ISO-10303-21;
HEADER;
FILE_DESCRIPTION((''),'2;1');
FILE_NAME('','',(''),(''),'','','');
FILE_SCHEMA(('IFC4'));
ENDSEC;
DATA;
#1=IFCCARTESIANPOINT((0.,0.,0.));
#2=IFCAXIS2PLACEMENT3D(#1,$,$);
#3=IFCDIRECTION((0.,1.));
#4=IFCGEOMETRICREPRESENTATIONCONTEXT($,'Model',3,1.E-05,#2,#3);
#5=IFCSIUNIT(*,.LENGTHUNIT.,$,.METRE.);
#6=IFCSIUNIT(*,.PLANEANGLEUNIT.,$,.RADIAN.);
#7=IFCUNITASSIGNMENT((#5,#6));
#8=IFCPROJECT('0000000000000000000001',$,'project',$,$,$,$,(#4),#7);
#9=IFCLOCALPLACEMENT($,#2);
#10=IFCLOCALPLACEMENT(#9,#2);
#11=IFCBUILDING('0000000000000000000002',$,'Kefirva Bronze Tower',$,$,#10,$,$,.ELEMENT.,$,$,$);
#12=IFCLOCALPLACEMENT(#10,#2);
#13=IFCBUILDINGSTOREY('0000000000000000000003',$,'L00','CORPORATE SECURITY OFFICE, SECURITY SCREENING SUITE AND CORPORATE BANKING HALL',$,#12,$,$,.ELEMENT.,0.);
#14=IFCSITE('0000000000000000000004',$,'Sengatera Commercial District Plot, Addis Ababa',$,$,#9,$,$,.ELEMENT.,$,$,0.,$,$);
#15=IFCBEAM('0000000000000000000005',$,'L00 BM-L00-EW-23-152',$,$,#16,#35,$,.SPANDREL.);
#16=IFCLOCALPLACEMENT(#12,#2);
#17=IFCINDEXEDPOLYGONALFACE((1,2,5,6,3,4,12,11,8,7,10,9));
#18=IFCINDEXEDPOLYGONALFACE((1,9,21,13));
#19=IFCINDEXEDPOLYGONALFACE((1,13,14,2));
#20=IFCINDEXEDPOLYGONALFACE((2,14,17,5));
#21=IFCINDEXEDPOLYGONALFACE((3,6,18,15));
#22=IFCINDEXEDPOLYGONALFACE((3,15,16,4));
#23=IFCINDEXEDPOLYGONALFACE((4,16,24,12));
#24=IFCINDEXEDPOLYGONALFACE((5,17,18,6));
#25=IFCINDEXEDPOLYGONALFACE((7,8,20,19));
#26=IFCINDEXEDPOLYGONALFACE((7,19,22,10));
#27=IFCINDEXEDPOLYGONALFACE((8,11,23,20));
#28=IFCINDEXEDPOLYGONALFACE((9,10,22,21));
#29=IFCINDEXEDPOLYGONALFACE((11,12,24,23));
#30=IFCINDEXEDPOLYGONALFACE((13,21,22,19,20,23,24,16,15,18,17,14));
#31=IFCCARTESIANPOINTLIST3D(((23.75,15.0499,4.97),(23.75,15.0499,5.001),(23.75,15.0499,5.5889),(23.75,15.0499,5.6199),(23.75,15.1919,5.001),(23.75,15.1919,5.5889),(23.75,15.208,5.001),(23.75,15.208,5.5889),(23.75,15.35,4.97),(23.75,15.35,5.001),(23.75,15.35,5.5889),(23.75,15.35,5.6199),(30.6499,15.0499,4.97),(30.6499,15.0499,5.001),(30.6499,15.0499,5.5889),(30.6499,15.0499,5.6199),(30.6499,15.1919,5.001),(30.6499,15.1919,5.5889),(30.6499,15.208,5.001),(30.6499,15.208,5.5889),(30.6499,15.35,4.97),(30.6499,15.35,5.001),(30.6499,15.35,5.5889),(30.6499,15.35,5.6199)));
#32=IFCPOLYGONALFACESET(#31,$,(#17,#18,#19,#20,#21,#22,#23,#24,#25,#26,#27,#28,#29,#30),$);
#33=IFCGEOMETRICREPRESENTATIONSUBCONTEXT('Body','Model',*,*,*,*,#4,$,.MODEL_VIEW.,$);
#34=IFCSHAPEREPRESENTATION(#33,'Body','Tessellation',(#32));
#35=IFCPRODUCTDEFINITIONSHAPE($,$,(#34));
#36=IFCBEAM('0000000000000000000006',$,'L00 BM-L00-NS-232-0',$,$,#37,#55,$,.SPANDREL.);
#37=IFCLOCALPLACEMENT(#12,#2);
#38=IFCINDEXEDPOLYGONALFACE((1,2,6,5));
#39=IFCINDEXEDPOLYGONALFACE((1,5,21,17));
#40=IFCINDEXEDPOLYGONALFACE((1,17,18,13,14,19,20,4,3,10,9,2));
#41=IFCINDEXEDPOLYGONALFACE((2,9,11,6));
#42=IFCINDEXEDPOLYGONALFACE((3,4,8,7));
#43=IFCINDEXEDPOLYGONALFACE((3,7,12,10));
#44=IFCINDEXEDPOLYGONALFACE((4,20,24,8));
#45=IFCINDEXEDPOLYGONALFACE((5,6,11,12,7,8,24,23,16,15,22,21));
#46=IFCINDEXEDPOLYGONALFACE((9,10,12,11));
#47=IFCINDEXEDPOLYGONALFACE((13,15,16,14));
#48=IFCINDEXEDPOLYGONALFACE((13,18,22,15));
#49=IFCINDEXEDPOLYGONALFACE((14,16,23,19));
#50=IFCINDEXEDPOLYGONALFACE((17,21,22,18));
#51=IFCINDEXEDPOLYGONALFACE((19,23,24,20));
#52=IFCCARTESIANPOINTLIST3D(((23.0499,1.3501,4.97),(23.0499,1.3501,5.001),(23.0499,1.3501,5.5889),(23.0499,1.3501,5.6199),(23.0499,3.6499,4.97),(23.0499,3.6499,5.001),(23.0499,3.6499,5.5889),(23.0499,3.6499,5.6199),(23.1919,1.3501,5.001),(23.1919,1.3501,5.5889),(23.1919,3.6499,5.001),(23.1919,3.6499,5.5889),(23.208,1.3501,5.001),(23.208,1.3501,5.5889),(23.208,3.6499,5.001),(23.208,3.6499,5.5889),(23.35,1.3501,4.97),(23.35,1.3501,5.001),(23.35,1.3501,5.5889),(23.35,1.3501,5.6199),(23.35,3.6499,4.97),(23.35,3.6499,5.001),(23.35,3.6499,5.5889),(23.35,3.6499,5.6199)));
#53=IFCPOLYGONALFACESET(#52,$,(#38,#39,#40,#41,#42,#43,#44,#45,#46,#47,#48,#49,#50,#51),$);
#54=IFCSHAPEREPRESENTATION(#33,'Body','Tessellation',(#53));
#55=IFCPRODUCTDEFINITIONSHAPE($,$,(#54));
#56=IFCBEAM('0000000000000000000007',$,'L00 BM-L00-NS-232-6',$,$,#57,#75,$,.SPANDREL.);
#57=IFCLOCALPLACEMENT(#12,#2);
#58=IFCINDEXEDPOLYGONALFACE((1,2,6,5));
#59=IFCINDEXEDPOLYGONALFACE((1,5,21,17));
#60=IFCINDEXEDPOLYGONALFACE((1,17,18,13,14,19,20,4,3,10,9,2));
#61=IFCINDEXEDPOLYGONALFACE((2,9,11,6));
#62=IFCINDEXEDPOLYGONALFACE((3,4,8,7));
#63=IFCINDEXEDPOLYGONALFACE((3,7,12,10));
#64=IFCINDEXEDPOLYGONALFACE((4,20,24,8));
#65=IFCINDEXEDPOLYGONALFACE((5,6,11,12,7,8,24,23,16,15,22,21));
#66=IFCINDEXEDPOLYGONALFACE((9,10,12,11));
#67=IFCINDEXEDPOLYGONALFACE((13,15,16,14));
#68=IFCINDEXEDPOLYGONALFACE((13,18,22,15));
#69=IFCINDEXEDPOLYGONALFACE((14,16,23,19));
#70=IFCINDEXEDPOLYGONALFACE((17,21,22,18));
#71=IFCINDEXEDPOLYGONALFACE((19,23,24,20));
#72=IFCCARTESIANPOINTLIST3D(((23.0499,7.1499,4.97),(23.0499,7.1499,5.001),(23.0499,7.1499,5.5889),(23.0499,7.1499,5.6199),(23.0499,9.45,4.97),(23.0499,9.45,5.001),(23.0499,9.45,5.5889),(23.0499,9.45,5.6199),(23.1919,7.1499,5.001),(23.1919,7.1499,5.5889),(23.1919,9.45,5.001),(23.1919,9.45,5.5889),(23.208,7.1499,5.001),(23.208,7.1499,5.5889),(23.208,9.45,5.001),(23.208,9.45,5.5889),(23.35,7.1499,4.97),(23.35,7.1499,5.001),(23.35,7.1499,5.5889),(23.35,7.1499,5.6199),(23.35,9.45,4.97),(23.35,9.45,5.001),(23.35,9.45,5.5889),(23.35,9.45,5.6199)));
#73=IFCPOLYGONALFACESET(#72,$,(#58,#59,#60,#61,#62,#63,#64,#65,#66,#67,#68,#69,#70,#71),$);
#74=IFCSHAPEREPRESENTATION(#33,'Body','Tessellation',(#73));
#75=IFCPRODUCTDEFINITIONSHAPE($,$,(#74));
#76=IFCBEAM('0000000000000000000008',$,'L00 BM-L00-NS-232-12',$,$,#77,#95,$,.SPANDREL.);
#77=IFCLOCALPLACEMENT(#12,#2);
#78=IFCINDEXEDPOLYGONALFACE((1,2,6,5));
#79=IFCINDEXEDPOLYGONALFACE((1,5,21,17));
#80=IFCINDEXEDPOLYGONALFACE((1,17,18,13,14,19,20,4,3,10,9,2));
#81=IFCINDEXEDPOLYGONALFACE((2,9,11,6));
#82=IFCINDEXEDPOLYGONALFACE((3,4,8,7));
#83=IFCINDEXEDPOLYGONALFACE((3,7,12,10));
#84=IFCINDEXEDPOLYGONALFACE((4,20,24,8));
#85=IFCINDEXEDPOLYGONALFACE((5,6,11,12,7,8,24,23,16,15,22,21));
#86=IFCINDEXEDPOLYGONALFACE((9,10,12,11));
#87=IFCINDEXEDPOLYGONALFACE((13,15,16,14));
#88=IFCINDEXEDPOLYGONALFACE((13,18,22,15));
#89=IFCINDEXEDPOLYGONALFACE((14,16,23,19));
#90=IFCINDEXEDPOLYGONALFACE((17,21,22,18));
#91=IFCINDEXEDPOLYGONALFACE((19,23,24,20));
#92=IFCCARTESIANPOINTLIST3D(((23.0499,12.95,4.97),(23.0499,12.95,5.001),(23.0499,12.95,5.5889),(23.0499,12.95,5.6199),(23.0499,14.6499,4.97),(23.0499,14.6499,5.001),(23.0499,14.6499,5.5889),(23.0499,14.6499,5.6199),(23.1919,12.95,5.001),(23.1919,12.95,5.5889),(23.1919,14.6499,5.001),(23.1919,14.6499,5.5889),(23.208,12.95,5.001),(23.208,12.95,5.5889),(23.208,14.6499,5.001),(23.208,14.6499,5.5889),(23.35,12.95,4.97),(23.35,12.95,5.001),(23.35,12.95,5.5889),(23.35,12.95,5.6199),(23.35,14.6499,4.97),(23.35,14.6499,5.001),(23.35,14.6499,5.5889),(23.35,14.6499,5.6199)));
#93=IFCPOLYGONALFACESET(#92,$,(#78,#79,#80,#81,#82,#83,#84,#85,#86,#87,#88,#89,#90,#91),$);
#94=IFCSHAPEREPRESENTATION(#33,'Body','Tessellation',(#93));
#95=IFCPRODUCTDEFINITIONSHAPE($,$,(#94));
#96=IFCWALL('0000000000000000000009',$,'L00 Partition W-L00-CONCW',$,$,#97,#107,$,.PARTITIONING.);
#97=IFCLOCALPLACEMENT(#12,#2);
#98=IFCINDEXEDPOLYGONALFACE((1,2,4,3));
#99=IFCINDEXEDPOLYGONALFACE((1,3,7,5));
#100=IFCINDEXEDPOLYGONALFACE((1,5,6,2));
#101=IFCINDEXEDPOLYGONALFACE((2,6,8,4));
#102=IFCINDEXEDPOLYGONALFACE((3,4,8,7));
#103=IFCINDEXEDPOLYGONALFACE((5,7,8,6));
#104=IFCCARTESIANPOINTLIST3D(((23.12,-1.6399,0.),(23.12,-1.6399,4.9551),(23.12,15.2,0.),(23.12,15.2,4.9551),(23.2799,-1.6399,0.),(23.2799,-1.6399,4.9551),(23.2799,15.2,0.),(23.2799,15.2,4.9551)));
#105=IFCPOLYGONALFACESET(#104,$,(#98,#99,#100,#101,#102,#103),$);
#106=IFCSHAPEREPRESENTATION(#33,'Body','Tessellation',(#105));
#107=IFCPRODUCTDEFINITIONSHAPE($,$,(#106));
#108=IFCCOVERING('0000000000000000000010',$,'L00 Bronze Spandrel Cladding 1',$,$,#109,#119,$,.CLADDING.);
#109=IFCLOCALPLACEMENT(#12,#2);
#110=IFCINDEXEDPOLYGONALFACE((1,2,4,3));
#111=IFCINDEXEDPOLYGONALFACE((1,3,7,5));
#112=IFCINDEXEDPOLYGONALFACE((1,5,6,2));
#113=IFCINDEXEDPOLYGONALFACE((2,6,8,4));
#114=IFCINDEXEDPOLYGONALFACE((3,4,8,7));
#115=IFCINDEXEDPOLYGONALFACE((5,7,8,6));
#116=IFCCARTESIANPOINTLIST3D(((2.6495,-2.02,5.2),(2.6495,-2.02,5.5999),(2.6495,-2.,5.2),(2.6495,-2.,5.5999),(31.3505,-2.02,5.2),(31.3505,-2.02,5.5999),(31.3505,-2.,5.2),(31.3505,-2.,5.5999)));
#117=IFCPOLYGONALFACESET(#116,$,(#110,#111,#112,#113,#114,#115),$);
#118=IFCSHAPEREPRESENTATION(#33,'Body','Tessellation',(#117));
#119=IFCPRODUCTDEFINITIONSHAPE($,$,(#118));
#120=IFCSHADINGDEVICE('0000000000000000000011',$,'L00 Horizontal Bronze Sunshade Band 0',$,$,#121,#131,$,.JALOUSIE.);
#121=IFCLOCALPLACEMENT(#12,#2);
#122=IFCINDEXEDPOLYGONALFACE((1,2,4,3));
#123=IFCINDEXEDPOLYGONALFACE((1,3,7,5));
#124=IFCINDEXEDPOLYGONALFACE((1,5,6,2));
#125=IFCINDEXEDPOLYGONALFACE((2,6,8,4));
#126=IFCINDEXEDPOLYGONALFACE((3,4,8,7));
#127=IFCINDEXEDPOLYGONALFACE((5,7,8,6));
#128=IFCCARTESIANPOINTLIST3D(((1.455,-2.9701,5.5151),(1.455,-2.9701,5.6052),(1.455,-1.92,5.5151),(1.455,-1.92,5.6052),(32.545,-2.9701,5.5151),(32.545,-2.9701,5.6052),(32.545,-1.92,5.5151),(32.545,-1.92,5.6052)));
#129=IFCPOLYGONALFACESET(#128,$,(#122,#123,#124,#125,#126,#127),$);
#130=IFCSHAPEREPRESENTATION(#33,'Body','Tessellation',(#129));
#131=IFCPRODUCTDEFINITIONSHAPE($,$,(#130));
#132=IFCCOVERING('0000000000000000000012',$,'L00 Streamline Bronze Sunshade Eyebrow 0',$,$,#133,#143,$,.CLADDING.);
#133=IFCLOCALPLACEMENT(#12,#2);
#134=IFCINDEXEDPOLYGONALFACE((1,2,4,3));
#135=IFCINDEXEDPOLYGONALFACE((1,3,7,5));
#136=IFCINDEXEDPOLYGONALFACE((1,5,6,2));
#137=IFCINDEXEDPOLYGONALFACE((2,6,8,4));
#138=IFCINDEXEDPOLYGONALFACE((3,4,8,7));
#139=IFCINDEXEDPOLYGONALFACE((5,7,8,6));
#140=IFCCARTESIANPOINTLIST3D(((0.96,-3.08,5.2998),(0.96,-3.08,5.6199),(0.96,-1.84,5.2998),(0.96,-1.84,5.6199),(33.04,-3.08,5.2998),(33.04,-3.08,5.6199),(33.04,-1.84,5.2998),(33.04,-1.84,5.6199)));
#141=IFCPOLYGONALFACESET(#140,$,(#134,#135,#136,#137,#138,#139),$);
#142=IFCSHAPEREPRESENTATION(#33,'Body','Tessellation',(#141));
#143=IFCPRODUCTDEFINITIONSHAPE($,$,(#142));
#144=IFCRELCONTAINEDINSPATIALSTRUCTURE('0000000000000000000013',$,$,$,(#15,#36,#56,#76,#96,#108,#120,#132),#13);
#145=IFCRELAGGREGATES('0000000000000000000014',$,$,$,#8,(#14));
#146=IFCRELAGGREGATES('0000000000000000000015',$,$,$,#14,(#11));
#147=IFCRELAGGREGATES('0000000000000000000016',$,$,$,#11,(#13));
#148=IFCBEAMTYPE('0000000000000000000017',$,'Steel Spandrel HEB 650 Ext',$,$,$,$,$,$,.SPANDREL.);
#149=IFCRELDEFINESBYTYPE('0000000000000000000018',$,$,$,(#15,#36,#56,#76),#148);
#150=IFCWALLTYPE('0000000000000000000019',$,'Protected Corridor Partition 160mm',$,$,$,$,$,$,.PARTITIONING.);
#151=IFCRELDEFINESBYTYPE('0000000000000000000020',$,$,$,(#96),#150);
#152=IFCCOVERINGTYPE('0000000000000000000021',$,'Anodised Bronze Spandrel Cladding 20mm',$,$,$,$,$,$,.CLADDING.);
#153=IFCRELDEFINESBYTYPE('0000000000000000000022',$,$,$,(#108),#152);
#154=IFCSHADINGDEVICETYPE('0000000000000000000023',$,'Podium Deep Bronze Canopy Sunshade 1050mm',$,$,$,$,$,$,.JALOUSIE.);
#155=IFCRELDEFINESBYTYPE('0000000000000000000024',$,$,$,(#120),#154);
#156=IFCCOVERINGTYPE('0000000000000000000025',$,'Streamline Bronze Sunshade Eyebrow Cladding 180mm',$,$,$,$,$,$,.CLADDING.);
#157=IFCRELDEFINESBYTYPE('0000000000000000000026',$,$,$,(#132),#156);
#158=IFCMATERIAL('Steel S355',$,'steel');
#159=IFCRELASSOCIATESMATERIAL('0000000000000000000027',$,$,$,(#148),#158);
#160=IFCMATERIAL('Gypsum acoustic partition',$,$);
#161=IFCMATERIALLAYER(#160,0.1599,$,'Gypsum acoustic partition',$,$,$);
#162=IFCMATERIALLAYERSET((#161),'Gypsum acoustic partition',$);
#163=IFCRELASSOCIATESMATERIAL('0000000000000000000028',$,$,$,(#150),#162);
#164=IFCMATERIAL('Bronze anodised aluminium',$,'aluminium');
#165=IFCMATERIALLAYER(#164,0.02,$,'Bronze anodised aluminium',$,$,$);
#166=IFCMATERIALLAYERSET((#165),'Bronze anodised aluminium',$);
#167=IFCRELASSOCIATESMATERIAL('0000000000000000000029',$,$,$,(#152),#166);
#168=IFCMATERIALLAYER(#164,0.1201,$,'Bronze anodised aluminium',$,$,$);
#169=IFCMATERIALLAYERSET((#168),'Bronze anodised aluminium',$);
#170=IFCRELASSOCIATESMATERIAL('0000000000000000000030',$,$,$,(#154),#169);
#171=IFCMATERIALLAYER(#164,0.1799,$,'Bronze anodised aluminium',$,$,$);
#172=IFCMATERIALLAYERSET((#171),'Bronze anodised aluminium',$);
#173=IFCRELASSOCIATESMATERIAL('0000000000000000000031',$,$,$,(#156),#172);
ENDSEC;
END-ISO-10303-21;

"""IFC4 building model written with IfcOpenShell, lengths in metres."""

from ifc_helpers import new_model, si_unit, direction, frame, frame_2d, origin, origin_2d, place, context, subcontext, project, spatial, rectangle, i_section, extrude, material, layer, layer_set, material_profile, profile_set, type_object, element, save


model = new_model("IFC4")

# Units and contexts
model_context = context("Model", 3, precision=1e-05, world=origin(), true_north=direction((0.0, 1.0)))
body_context = subcontext(model_context, "Body", "Model", "MODEL_VIEW")
ifc_project = project(units=[si_unit("LENGTHUNIT", "METRE"), si_unit("PLANEANGLEUNIT", "RADIAN")], contexts=[model_context])

# Site, building, storey
site_placement = place(None, origin())
site = spatial("IfcSite", under=ifc_project, at=site_placement, Name="Sengatera Commercial District Plot, Addis Ababa", CompositionType="ELEMENT", RefElevation=0.0)
building_placement = place(site_placement, origin())
building = spatial("IfcBuilding", under=site, at=building_placement, Name="Kefirva Bronze Tower", CompositionType="ELEMENT")
storey_placement = place(building_placement, origin())
storey = spatial("IfcBuildingStorey", under=building, at=storey_placement, Name="L00", Description="CORPORATE SECURITY OFFICE, SECURITY SCREENING SUITE AND CORPORATE BANKING HALL", CompositionType="ELEMENT", Elevation=0.0)

# Beams
ifc_material_1 = material(Name="Steel S355", Category="steel")
ifc_material_profile_1 = material_profile(ifc_material_1, i_section(OverallWidth=0.3, OverallDepth=0.6499, WebThickness=0.0161, FlangeThickness=0.031, at=origin_2d()), Name="HEB 650")
ifc_profile_set_1 = profile_set([ifc_material_profile_1], Name="Steel S355")
beam_type_1 = type_object("IfcBeamType", Name="Steel Spandrel HEB 650 Ext", PredefinedType="SPANDREL", material=ifc_profile_set_1)
beam_1_placement = place(storey_placement, frame((23.75, 15.2, 5.2949), z_axis=(1.0, 0.0, 0.0), x_axis=(0.0, 1.0, 0.0)))
element("IfcBeam", 1, at=beam_1_placement, inside=storey, type_object=beam_type_1, Name="L00 BM-L00-EW-23-152", PredefinedType="SPANDREL", context=body_context, shape_type="SweptSolid", body=[
    extrude(i_section(OverallWidth=0.3, OverallDepth=0.6499, WebThickness=0.0161, FlangeThickness=0.031, at=origin_2d()), origin(), (0.0, 0.0, 1.0), 6.8999),
])
beam_2_placement = place(storey_placement, frame((23.2, 1.3501, 5.2949), z_axis=(0.0, 1.0, 0.0), x_axis=(-1.0, 0.0, 0.0)))
element("IfcBeam", 2, at=beam_2_placement, inside=storey, type_object=beam_type_1, Name="L00 BM-L00-NS-232-0", PredefinedType="SPANDREL", context=body_context, shape_type="SweptSolid", body=[
    extrude(i_section(OverallWidth=0.3, OverallDepth=0.6499, WebThickness=0.0161, FlangeThickness=0.031, at=origin_2d()), origin(), (0.0, 0.0, 1.0), 2.2998),
])
beam_3_placement = place(storey_placement, frame((23.2, 7.1499, 5.2949), z_axis=(0.0, 1.0, 0.0), x_axis=(-1.0, 0.0, 0.0)))
element("IfcBeam", 3, at=beam_3_placement, inside=storey, type_object=beam_type_1, Name="L00 BM-L00-NS-232-6", PredefinedType="SPANDREL", context=body_context, shape_type="SweptSolid", body=[
    extrude(i_section(OverallWidth=0.3, OverallDepth=0.6499, WebThickness=0.0161, FlangeThickness=0.031, at=origin_2d()), origin(), (0.0, 0.0, 1.0), 2.3),
])
beam_4_placement = place(storey_placement, frame((23.2, 12.95, 5.2949), z_axis=(0.0, 1.0, 0.0), x_axis=(-1.0, 0.0, 0.0)))
element("IfcBeam", 4, at=beam_4_placement, inside=storey, type_object=beam_type_1, Name="L00 BM-L00-NS-232-12", PredefinedType="SPANDREL", context=body_context, shape_type="SweptSolid", body=[
    extrude(i_section(OverallWidth=0.3, OverallDepth=0.6499, WebThickness=0.0161, FlangeThickness=0.031, at=origin_2d()), origin(), (0.0, 0.0, 1.0), 1.7),
])

# Wall
ifc_material_2 = material(Name="Gypsum acoustic partition")
ifc_layer_1 = layer(ifc_material_2, 0.1599, Name="Gypsum acoustic partition")
ifc_layer_set_1 = layer_set([ifc_layer_1], Name="Gypsum acoustic partition")
wall_type = type_object("IfcWallType", Name="Protected Corridor Partition 160mm", PredefinedType="PARTITIONING", material=ifc_layer_set_1)
wall_placement = place(storey_placement, frame((23.2, -1.6399, 0.0), z_axis=(0.0, 0.0, 1.0), x_axis=(0.0, 1.0, 0.0)))
element("IfcWall", 5, at=wall_placement, inside=storey, type_object=wall_type, Name="L00 Partition W-L00-CONCW", PredefinedType="PARTITIONING", context=body_context, shape_type="SweptSolid", body=[
    extrude(rectangle(XDim=16.8398, YDim=0.1599, at=frame_2d((8.4199, 0.0))), origin(), (0.0, 0.0, 1.0), 4.9551),
])

# Covering
ifc_material_3 = material(Name="Bronze anodised aluminium", Category="aluminium")
ifc_layer_2 = layer(ifc_material_3, 0.02, Name="Bronze anodised aluminium")
ifc_layer_set_2 = layer_set([ifc_layer_2], Name="Bronze anodised aluminium")
covering_type_1 = type_object("IfcCoveringType", Name="Anodised Bronze Spandrel Cladding 20mm", PredefinedType="CLADDING", material=ifc_layer_set_2)
covering_1_placement = place(storey_placement, frame((17.0, -2.01, 5.2), z_axis=(0.0, 0.0, 1.0), x_axis=(1.0, 0.0, 0.0)))
element("IfcCovering", 6, at=covering_1_placement, inside=storey, type_object=covering_type_1, Name="L00 Bronze Spandrel Cladding 1", PredefinedType="CLADDING", context=body_context, shape_type="SweptSolid", body=[
    extrude(rectangle(XDim=28.7009, YDim=0.02, at=origin_2d()), origin(), (0.0, 0.0, 1.0), 0.3999),
])

# Shading device
ifc_layer_3 = layer(ifc_material_3, 0.1201, Name="Bronze anodised aluminium")
ifc_layer_set_3 = layer_set([ifc_layer_3], Name="Bronze anodised aluminium")
shading_device_type = type_object("IfcShadingDeviceType", Name="Podium Deep Bronze Canopy Sunshade 1050mm", PredefinedType="JALOUSIE", material=ifc_layer_set_3)
shading_device_placement = place(storey_placement, frame((17.0, -2.4451, 5.5151), z_axis=(0.0, 0.0, 1.0), x_axis=(1.0, 0.0, 0.0)))
element("IfcShadingDevice", 7, at=shading_device_placement, inside=storey, type_object=shading_device_type, Name="L00 Horizontal Bronze Sunshade Band 0", PredefinedType="JALOUSIE", context=body_context, shape_type="SweptSolid", body=[
    extrude(rectangle(XDim=31.0901, YDim=1.05, at=origin_2d()), origin(), (0.0, 0.0, 1.0), 0.0901),
])

# Covering
ifc_layer_4 = layer(ifc_material_3, 0.1799, Name="Bronze anodised aluminium")
ifc_layer_set_4 = layer_set([ifc_layer_4], Name="Bronze anodised aluminium")
covering_type_2 = type_object("IfcCoveringType", Name="Streamline Bronze Sunshade Eyebrow Cladding 180mm", PredefinedType="CLADDING", material=ifc_layer_set_4)
covering_2_placement = place(storey_placement, frame((17.0, -2.46, 5.2998), z_axis=(0.0, 0.0, 1.0), x_axis=(1.0, 0.0, 0.0)))
element("IfcCovering", 8, at=covering_2_placement, inside=storey, type_object=covering_type_2, Name="L00 Streamline Bronze Sunshade Eyebrow 0", PredefinedType="CLADDING", context=body_context, shape_type="SweptSolid", body=[
    extrude(rectangle(XDim=32.0801, YDim=1.24, at=origin_2d()), origin(), (0.0, 0.0, 1.0), 0.3201),
])

save(model, "model.ifc")
